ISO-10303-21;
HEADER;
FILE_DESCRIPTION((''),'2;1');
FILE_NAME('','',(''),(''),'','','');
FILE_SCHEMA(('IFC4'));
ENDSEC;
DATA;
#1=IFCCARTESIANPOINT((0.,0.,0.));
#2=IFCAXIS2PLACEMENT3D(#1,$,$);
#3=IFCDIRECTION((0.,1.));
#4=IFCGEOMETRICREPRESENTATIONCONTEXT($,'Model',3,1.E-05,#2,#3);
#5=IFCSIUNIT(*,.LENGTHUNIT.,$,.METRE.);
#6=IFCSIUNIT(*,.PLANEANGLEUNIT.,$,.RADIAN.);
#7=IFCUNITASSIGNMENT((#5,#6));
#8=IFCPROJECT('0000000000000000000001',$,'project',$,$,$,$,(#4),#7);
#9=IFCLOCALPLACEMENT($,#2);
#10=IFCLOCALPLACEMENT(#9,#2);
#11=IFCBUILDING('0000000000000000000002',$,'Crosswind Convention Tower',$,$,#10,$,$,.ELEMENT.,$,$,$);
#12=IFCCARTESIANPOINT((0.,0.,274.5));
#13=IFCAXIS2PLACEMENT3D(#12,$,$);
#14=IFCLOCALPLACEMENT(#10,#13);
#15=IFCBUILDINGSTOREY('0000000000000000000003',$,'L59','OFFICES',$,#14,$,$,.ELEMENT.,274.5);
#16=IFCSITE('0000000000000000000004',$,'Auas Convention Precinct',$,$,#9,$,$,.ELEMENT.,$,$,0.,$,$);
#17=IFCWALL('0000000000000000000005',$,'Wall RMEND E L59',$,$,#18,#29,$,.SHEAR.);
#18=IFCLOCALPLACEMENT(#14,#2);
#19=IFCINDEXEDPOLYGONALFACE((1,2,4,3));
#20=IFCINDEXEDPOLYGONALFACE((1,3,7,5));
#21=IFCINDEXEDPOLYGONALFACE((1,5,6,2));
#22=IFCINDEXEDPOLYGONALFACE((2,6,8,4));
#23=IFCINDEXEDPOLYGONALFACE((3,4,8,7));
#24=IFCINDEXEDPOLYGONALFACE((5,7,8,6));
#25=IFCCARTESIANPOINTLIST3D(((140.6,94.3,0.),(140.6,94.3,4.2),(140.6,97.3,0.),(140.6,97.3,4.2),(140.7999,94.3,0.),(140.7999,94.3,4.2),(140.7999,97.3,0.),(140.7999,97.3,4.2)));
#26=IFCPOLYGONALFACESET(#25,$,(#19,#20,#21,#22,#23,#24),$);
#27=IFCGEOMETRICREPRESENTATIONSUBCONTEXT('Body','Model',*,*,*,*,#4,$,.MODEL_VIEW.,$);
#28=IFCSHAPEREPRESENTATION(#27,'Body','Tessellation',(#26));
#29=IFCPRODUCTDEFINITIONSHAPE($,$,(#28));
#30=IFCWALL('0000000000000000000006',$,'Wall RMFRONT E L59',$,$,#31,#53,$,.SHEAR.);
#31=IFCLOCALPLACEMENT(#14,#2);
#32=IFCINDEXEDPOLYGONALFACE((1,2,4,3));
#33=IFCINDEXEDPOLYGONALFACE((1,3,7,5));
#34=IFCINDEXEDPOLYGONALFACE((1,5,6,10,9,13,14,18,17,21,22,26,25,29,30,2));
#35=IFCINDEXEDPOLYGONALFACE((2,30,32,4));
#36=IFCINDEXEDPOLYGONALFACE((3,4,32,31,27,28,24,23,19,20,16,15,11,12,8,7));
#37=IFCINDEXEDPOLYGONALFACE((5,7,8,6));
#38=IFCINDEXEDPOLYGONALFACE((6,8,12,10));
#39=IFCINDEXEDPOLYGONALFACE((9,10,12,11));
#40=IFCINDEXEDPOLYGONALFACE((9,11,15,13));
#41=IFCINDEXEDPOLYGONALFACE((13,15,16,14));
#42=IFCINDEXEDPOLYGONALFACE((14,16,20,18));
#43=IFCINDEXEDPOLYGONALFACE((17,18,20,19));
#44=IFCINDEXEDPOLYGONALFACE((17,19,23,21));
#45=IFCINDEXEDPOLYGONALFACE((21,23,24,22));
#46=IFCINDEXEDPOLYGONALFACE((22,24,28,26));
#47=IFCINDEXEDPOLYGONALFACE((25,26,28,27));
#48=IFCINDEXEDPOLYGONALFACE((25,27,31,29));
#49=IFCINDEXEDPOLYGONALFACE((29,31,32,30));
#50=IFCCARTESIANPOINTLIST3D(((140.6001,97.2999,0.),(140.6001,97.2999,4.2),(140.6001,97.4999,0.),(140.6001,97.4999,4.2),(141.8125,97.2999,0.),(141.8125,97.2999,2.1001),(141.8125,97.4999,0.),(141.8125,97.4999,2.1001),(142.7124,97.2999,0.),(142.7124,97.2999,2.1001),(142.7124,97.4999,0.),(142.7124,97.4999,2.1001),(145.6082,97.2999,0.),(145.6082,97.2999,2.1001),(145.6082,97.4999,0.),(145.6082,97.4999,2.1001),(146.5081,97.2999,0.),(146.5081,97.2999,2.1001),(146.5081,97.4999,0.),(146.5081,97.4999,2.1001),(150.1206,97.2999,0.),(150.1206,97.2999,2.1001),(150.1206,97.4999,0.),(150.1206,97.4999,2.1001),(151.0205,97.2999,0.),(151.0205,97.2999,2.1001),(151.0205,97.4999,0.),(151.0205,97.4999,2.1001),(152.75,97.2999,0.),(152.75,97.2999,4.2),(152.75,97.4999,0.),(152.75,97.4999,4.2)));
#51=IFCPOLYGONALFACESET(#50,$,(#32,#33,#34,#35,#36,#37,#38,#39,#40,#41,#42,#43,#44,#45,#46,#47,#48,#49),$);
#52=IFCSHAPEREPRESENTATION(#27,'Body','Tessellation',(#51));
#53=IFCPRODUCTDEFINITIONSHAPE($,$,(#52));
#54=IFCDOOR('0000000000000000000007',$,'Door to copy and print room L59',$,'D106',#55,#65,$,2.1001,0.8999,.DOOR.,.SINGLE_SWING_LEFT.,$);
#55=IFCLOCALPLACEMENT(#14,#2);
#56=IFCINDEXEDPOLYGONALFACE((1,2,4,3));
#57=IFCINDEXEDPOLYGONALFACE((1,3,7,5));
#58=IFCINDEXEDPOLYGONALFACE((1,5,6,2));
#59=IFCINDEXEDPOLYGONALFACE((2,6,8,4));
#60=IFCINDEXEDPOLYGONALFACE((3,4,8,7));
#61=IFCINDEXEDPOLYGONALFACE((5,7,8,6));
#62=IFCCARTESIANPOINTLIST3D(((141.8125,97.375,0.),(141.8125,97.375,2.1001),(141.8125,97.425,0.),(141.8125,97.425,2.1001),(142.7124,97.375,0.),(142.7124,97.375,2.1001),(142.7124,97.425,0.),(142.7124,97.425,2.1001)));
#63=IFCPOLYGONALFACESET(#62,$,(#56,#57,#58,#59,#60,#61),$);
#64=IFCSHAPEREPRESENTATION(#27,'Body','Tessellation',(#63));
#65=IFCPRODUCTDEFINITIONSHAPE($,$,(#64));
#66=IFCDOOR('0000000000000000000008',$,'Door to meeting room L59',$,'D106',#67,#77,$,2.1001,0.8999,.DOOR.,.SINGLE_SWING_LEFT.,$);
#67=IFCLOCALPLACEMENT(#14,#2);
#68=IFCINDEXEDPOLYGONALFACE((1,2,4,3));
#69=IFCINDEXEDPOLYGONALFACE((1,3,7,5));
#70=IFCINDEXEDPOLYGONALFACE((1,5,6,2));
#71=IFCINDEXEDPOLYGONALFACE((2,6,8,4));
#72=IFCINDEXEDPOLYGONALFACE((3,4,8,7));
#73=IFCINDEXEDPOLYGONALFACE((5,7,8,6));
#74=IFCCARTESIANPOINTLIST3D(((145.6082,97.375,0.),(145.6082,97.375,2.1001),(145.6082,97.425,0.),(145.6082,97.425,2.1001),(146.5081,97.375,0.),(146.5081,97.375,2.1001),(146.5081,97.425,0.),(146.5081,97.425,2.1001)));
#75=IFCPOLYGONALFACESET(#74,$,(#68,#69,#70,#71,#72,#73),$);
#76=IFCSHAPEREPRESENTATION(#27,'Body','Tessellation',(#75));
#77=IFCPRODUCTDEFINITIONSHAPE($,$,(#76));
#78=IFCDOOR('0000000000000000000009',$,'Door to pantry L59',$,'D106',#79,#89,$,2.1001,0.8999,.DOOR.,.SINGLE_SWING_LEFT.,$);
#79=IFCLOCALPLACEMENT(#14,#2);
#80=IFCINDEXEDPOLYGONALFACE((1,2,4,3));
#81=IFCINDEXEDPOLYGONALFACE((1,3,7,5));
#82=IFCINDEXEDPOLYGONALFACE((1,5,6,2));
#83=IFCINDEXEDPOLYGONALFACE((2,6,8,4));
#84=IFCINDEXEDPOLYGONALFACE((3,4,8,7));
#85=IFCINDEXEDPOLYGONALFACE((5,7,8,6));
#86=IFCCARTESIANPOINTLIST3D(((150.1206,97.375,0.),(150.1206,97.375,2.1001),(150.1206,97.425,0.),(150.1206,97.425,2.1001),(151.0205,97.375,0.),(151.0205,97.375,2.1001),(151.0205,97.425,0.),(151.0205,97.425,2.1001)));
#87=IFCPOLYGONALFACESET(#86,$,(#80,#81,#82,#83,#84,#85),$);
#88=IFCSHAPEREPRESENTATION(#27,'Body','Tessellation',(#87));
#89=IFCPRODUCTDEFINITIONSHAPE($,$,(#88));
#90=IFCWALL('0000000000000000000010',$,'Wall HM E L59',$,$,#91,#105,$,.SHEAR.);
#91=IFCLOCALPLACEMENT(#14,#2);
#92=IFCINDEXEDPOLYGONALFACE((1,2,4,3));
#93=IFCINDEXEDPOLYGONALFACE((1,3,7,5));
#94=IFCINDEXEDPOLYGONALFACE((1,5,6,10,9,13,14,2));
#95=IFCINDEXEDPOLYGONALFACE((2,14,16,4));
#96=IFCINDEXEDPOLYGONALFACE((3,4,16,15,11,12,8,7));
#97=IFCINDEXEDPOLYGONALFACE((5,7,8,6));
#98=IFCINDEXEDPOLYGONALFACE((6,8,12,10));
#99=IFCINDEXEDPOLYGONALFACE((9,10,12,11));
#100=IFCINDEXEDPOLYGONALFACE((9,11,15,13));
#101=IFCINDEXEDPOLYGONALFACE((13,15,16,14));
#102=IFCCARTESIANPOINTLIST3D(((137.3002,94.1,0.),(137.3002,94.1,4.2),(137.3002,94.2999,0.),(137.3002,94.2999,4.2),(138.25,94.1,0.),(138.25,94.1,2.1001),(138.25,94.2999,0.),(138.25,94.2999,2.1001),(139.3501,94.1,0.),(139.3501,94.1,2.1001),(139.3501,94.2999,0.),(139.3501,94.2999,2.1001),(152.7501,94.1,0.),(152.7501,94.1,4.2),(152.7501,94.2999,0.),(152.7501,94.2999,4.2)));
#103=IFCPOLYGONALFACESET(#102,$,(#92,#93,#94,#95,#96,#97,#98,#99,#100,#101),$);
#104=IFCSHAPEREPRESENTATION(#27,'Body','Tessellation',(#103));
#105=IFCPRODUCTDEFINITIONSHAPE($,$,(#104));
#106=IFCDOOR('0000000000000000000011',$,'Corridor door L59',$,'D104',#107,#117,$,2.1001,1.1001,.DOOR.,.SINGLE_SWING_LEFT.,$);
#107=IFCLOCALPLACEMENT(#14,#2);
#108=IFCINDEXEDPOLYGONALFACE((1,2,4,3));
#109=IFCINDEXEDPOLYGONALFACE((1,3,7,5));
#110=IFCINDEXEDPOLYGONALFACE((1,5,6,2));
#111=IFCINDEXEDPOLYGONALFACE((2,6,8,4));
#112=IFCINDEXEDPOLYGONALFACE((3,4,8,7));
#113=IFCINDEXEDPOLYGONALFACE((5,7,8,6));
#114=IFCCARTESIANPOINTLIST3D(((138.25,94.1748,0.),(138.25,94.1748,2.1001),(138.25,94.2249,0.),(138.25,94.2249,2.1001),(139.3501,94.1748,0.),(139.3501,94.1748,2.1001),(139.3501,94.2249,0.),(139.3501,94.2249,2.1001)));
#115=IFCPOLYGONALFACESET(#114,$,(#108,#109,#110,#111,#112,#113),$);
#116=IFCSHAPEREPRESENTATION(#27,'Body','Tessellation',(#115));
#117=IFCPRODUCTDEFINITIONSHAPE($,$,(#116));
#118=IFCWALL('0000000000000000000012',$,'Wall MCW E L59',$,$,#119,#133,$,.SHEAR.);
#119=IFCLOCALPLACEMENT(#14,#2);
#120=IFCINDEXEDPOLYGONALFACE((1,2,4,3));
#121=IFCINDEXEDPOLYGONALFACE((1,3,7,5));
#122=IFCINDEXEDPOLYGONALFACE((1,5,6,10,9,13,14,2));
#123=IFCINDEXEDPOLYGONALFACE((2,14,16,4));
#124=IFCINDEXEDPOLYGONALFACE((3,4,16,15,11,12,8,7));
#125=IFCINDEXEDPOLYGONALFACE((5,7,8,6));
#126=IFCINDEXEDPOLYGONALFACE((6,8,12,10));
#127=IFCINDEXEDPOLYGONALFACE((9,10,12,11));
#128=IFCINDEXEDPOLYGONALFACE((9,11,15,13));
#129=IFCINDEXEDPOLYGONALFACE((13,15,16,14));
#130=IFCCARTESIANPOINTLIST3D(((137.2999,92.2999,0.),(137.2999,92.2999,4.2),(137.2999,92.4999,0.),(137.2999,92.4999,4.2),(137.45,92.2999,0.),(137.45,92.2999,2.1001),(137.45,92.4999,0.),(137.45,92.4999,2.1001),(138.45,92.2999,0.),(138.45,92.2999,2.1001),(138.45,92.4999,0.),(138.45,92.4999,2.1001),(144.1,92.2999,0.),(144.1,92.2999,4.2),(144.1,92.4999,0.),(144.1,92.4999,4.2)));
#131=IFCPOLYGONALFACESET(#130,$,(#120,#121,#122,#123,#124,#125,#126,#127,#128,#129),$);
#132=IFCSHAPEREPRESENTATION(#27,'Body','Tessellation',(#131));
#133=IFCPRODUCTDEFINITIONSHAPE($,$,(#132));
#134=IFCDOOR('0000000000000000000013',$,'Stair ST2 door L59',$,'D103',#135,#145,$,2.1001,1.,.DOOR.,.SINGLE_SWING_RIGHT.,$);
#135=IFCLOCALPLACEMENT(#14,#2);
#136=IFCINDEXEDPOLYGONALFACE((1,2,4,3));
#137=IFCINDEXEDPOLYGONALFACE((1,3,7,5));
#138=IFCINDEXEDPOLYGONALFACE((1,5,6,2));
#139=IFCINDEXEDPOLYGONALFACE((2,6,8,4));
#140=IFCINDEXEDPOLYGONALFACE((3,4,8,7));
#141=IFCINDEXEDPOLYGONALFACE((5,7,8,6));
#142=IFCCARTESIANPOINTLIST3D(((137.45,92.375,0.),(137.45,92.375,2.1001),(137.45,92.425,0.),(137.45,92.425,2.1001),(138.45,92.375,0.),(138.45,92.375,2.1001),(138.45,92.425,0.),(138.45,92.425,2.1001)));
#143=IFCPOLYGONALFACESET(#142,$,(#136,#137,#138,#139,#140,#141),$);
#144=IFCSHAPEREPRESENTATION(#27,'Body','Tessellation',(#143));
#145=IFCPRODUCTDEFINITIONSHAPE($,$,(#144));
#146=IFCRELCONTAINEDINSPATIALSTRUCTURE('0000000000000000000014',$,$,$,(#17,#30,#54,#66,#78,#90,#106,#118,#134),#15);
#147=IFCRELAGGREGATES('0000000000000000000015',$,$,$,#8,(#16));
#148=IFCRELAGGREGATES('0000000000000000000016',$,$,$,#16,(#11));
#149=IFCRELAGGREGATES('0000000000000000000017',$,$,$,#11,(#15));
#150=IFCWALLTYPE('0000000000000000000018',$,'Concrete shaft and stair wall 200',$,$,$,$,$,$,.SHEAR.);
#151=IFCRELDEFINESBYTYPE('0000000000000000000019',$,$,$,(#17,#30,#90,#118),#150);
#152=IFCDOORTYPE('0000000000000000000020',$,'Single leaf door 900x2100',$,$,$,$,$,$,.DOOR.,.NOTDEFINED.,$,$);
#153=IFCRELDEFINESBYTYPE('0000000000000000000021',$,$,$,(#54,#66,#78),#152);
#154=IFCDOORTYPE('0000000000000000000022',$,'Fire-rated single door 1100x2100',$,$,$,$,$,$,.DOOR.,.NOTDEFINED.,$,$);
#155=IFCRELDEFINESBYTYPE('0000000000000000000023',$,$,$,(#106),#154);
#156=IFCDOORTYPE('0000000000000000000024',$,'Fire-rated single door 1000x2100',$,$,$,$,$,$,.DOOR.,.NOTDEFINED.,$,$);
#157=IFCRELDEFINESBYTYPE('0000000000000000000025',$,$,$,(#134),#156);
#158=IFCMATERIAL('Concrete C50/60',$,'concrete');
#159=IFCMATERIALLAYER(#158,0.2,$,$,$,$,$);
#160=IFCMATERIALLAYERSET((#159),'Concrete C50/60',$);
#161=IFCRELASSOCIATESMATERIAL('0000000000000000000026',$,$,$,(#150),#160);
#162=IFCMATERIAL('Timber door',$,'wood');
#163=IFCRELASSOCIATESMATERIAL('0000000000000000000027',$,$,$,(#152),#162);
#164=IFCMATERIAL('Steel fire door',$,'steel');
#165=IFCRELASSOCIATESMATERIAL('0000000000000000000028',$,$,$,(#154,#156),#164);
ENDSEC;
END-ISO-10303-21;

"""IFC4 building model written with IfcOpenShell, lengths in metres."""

from ifc_helpers import new_model, si_unit, direction, frame, frame_2d, origin, place, context, subcontext, project, spatial, rectangle, extrude, material, layer, layer_set, type_object, element, fill, save


model = new_model("IFC4")

# Units and contexts
model_context = context("Model", 3, precision=1e-05, world=origin(), true_north=direction((0.0, 1.0)))
body_context = subcontext(model_context, "Body", "Model", "MODEL_VIEW")
ifc_project = project(units=[si_unit("LENGTHUNIT", "METRE"), si_unit("PLANEANGLEUNIT", "RADIAN")], contexts=[model_context])

# Site, building, storey
site_placement = place(None, origin())
site = spatial("IfcSite", under=ifc_project, at=site_placement, Name="Auas Convention Precinct", CompositionType="ELEMENT", RefElevation=0.0)
building_placement = place(site_placement, origin())
building = spatial("IfcBuilding", under=site, at=building_placement, Name="Crosswind Convention Tower", CompositionType="ELEMENT")
storey_placement = place(building_placement, frame((0.0, 0.0, 274.5)))
storey = spatial("IfcBuildingStorey", under=building, at=storey_placement, Name="L59", Description="OFFICES", CompositionType="ELEMENT", Elevation=274.5)

# Shared definitions
ifc_material_1 = material(Name="Concrete C50/60", Category="concrete")

# Wall
ifc_layer_1 = layer(ifc_material_1, 0.2)
ifc_layer_set_1 = layer_set([ifc_layer_1], Name="Concrete C50/60")
wall_type_1 = type_object("IfcWallType", Name="Concrete shaft and stair wall 200", PredefinedType="SHEAR", material=ifc_layer_set_1)
wall_1_placement = place(storey_placement, frame((140.7, 94.3, 0.0), z_axis=(0.0, 0.0, 1.0), x_axis=(0.0, 1.0, 0.0)))
element("IfcWall", 1, at=wall_1_placement, inside=storey, type_object=wall_type_1, Name="Wall RMEND E L59", PredefinedType="SHEAR", context=body_context, shape_type="SweptSolid", body=[
    extrude(rectangle(XDim=3.0, YDim=0.2, at=frame_2d((1.5, 0.0))), origin(), (0.0, 0.0, 1.0), 4.2),
])

# Wall, openings, doors
wall_2_placement = place(storey_placement, frame((140.6001, 97.3999, 0.0), z_axis=(0.0, 0.0, 1.0), x_axis=(1.0, 0.0, 0.0)))
wall_2 = element("IfcWall", 2, at=wall_2_placement, inside=storey, type_object=wall_type_1, Name="Wall RMFRONT E L59", PredefinedType="SHEAR", context=body_context, shape_type="SweptSolid", body=[
    extrude(rectangle(XDim=12.1499, YDim=0.2, at=frame_2d((6.075, 0.0))), origin(), (0.0, 0.0, 1.0), 4.2),
])
opening_1_placement = place(wall_2_placement, frame((1.2124, 0.0, 0.0)))
opening_1 = element("IfcOpeningElement", 3, at=opening_1_placement, cuts=wall_2, PredefinedType="OPENING", context=body_context, shape_type="SweptSolid", body=[
    extrude(rectangle(XDim=0.8999, YDim=2.1001, at=frame_2d((0.45, 1.05))), frame((0.0, 0.1099, 0.0), z_axis=(0.0, -1.0, 0.0), x_axis=(1.0, 0.0, 0.0)), (0.0, 0.0, 1.0), 0.22),
])
opening_2_placement = place(wall_2_placement, frame((5.0081, 0.0, 0.0)))
opening_2 = element("IfcOpeningElement", 4, at=opening_2_placement, cuts=wall_2, PredefinedType="OPENING", context=body_context, shape_type="SweptSolid", body=[
    extrude(rectangle(XDim=0.8999, YDim=2.1001, at=frame_2d((0.45, 1.05))), frame((0.0, 0.1099, 0.0), z_axis=(0.0, -1.0, 0.0), x_axis=(1.0, 0.0, 0.0)), (0.0, 0.0, 1.0), 0.22),
])
opening_3_placement = place(wall_2_placement, frame((9.5205, 0.0, 0.0)))
opening_3 = element("IfcOpeningElement", 5, at=opening_3_placement, cuts=wall_2, PredefinedType="OPENING", context=body_context, shape_type="SweptSolid", body=[
    extrude(rectangle(XDim=0.8999, YDim=2.1001, at=frame_2d((0.45, 1.05))), frame((0.0, 0.1099, 0.0), z_axis=(0.0, -1.0, 0.0), x_axis=(1.0, 0.0, 0.0)), (0.0, 0.0, 1.0), 0.22),
])
ifc_material_2 = material(Name="Timber door", Category="wood")
door_type_1 = type_object("IfcDoorType", Name="Single leaf door 900x2100", OperationType="NOTDEFINED", PredefinedType="DOOR", material=ifc_material_2)
door_1_placement = place(opening_1_placement, frame((0.8999, 0.0, 0.0), z_axis=(0.0, 0.0, 1.0), x_axis=(-1.0, 0.0, 0.0)))
door_1 = element("IfcDoor", 6, at=door_1_placement, inside=storey, type_object=door_type_1, Name="Door to copy and print room L59", ObjectType="D106", OperationType="SINGLE_SWING_LEFT", OverallHeight=2.1001, OverallWidth=0.8999, PredefinedType="DOOR", context=body_context, shape_type="SweptSolid", body=[
    extrude(rectangle(XDim=0.8999, YDim=2.1001, at=frame_2d((0.45, 1.05))), frame((0.0, 0.0249, 0.0), z_axis=(0.0, -1.0, 0.0), x_axis=(1.0, 0.0, 0.0)), (0.0, 0.0, 1.0), 0.05),
])
fill(opening_1, door_1)
door_2_placement = place(opening_2_placement, frame((0.8999, 0.0, 0.0), z_axis=(0.0, 0.0, 1.0), x_axis=(-1.0, 0.0, 0.0)))
door_2 = element("IfcDoor", 7, at=door_2_placement, inside=storey, type_object=door_type_1, Name="Door to meeting room L59", ObjectType="D106", OperationType="SINGLE_SWING_LEFT", OverallHeight=2.1001, OverallWidth=0.8999, PredefinedType="DOOR", context=body_context, shape_type="SweptSolid", body=[
    extrude(rectangle(XDim=0.8999, YDim=2.1001, at=frame_2d((0.45, 1.05))), frame((0.0, 0.0249, 0.0), z_axis=(0.0, -1.0, 0.0), x_axis=(1.0, 0.0, 0.0)), (0.0, 0.0, 1.0), 0.05),
])
fill(opening_2, door_2)
door_3_placement = place(opening_3_placement, frame((0.8999, 0.0, 0.0), z_axis=(0.0, 0.0, 1.0), x_axis=(-1.0, 0.0, 0.0)))
door_3 = element("IfcDoor", 8, at=door_3_placement, inside=storey, type_object=door_type_1, Name="Door to pantry L59", ObjectType="D106", OperationType="SINGLE_SWING_LEFT", OverallHeight=2.1001, OverallWidth=0.8999, PredefinedType="DOOR", context=body_context, shape_type="SweptSolid", body=[
    extrude(rectangle(XDim=0.8999, YDim=2.1001, at=frame_2d((0.45, 1.05))), frame((0.0, 0.0249, 0.0), z_axis=(0.0, -1.0, 0.0), x_axis=(1.0, 0.0, 0.0)), (0.0, 0.0, 1.0), 0.05),
])
fill(opening_3, door_3)

# Walls, openings, doors
wall_3_placement = place(storey_placement, frame((137.3, 94.2, 0.0), z_axis=(0.0, 0.0, 1.0), x_axis=(1.0, 0.0, 0.0)))
wall_3 = element("IfcWall", 9, at=wall_3_placement, inside=storey, type_object=wall_type_1, Name="Wall HM E L59", PredefinedType="SHEAR", context=body_context, shape_type="SweptSolid", body=[
    extrude(rectangle(XDim=15.45, YDim=0.2, at=frame_2d((7.7251, 0.0))), origin(), (0.0, 0.0, 1.0), 4.2),
])
opening_4_placement = place(wall_3_placement, frame((0.95, 0.0, 0.0)))
opening_4 = element("IfcOpeningElement", 10, at=opening_4_placement, cuts=wall_3, PredefinedType="OPENING", context=body_context, shape_type="SweptSolid", body=[
    extrude(rectangle(XDim=1.1001, YDim=2.1001, at=frame_2d((0.55, 1.05))), frame((0.0, 0.1099, 0.0), z_axis=(0.0, -1.0, 0.0), x_axis=(1.0, 0.0, 0.0)), (0.0, 0.0, 1.0), 0.22),
])
ifc_material_3 = material(Name="Steel fire door", Category="steel")
door_type_2 = type_object("IfcDoorType", Name="Fire-rated single door 1100x2100", OperationType="NOTDEFINED", PredefinedType="DOOR", material=ifc_material_3)
door_4_placement = place(opening_4_placement, origin())
door_4 = element("IfcDoor", 11, at=door_4_placement, inside=storey, type_object=door_type_2, Name="Corridor door L59", ObjectType="D104", OperationType="SINGLE_SWING_LEFT", OverallHeight=2.1001, OverallWidth=1.1001, PredefinedType="DOOR", context=body_context, shape_type="SweptSolid", body=[
    extrude(rectangle(XDim=1.1001, YDim=2.1001, at=frame_2d((0.55, 1.05))), frame((0.0, 0.0249, 0.0), z_axis=(0.0, -1.0, 0.0), x_axis=(1.0, 0.0, 0.0)), (0.0, 0.0, 1.0), 0.05),
])
fill(opening_4, door_4)
wall_4_placement = place(storey_placement, frame((137.3, 92.3999, 0.0), z_axis=(0.0, 0.0, 1.0), x_axis=(1.0, 0.0, 0.0)))
wall_4 = element("IfcWall", 12, at=wall_4_placement, inside=storey, type_object=wall_type_1, Name="Wall MCW E L59", PredefinedType="SHEAR", context=body_context, shape_type="SweptSolid", body=[
    extrude(rectangle(XDim=6.8, YDim=0.2, at=frame_2d((3.3999, 0.0))), origin(), (0.0, 0.0, 1.0), 4.2),
])
opening_5_placement = place(wall_4_placement, frame((0.1499, 0.0, 0.0)))
opening_5 = element("IfcOpeningElement", 13, at=opening_5_placement, cuts=wall_4, PredefinedType="OPENING", context=body_context, shape_type="SweptSolid", body=[
    extrude(rectangle(XDim=1.0, YDim=2.1001, at=frame_2d((0.5, 1.05))), frame((0.0, 0.1099, 0.0), z_axis=(0.0, -1.0, 0.0), x_axis=(1.0, 0.0, 0.0)), (0.0, 0.0, 1.0), 0.22),
])
door_type_3 = type_object("IfcDoorType", Name="Fire-rated single door 1000x2100", OperationType="NOTDEFINED", PredefinedType="DOOR", material=ifc_material_3)
door_5_placement = place(opening_5_placement, frame((1.0, 0.0, 0.0), z_axis=(0.0, 0.0, 1.0), x_axis=(-1.0, 0.0, 0.0)))
door_5 = element("IfcDoor", 14, at=door_5_placement, inside=storey, type_object=door_type_3, Name="Stair ST2 door L59", ObjectType="D103", OperationType="SINGLE_SWING_RIGHT", OverallHeight=2.1001, OverallWidth=1.0, PredefinedType="DOOR", context=body_context, shape_type="SweptSolid", body=[
    extrude(rectangle(XDim=1.0, YDim=2.1001, at=frame_2d((0.5, 1.05))), frame((0.0, 0.0249, 0.0), z_axis=(0.0, -1.0, 0.0), x_axis=(1.0, 0.0, 0.0)), (0.0, 0.0, 1.0), 0.05),
])
fill(opening_5, door_5)

save(model, "model.ifc")
